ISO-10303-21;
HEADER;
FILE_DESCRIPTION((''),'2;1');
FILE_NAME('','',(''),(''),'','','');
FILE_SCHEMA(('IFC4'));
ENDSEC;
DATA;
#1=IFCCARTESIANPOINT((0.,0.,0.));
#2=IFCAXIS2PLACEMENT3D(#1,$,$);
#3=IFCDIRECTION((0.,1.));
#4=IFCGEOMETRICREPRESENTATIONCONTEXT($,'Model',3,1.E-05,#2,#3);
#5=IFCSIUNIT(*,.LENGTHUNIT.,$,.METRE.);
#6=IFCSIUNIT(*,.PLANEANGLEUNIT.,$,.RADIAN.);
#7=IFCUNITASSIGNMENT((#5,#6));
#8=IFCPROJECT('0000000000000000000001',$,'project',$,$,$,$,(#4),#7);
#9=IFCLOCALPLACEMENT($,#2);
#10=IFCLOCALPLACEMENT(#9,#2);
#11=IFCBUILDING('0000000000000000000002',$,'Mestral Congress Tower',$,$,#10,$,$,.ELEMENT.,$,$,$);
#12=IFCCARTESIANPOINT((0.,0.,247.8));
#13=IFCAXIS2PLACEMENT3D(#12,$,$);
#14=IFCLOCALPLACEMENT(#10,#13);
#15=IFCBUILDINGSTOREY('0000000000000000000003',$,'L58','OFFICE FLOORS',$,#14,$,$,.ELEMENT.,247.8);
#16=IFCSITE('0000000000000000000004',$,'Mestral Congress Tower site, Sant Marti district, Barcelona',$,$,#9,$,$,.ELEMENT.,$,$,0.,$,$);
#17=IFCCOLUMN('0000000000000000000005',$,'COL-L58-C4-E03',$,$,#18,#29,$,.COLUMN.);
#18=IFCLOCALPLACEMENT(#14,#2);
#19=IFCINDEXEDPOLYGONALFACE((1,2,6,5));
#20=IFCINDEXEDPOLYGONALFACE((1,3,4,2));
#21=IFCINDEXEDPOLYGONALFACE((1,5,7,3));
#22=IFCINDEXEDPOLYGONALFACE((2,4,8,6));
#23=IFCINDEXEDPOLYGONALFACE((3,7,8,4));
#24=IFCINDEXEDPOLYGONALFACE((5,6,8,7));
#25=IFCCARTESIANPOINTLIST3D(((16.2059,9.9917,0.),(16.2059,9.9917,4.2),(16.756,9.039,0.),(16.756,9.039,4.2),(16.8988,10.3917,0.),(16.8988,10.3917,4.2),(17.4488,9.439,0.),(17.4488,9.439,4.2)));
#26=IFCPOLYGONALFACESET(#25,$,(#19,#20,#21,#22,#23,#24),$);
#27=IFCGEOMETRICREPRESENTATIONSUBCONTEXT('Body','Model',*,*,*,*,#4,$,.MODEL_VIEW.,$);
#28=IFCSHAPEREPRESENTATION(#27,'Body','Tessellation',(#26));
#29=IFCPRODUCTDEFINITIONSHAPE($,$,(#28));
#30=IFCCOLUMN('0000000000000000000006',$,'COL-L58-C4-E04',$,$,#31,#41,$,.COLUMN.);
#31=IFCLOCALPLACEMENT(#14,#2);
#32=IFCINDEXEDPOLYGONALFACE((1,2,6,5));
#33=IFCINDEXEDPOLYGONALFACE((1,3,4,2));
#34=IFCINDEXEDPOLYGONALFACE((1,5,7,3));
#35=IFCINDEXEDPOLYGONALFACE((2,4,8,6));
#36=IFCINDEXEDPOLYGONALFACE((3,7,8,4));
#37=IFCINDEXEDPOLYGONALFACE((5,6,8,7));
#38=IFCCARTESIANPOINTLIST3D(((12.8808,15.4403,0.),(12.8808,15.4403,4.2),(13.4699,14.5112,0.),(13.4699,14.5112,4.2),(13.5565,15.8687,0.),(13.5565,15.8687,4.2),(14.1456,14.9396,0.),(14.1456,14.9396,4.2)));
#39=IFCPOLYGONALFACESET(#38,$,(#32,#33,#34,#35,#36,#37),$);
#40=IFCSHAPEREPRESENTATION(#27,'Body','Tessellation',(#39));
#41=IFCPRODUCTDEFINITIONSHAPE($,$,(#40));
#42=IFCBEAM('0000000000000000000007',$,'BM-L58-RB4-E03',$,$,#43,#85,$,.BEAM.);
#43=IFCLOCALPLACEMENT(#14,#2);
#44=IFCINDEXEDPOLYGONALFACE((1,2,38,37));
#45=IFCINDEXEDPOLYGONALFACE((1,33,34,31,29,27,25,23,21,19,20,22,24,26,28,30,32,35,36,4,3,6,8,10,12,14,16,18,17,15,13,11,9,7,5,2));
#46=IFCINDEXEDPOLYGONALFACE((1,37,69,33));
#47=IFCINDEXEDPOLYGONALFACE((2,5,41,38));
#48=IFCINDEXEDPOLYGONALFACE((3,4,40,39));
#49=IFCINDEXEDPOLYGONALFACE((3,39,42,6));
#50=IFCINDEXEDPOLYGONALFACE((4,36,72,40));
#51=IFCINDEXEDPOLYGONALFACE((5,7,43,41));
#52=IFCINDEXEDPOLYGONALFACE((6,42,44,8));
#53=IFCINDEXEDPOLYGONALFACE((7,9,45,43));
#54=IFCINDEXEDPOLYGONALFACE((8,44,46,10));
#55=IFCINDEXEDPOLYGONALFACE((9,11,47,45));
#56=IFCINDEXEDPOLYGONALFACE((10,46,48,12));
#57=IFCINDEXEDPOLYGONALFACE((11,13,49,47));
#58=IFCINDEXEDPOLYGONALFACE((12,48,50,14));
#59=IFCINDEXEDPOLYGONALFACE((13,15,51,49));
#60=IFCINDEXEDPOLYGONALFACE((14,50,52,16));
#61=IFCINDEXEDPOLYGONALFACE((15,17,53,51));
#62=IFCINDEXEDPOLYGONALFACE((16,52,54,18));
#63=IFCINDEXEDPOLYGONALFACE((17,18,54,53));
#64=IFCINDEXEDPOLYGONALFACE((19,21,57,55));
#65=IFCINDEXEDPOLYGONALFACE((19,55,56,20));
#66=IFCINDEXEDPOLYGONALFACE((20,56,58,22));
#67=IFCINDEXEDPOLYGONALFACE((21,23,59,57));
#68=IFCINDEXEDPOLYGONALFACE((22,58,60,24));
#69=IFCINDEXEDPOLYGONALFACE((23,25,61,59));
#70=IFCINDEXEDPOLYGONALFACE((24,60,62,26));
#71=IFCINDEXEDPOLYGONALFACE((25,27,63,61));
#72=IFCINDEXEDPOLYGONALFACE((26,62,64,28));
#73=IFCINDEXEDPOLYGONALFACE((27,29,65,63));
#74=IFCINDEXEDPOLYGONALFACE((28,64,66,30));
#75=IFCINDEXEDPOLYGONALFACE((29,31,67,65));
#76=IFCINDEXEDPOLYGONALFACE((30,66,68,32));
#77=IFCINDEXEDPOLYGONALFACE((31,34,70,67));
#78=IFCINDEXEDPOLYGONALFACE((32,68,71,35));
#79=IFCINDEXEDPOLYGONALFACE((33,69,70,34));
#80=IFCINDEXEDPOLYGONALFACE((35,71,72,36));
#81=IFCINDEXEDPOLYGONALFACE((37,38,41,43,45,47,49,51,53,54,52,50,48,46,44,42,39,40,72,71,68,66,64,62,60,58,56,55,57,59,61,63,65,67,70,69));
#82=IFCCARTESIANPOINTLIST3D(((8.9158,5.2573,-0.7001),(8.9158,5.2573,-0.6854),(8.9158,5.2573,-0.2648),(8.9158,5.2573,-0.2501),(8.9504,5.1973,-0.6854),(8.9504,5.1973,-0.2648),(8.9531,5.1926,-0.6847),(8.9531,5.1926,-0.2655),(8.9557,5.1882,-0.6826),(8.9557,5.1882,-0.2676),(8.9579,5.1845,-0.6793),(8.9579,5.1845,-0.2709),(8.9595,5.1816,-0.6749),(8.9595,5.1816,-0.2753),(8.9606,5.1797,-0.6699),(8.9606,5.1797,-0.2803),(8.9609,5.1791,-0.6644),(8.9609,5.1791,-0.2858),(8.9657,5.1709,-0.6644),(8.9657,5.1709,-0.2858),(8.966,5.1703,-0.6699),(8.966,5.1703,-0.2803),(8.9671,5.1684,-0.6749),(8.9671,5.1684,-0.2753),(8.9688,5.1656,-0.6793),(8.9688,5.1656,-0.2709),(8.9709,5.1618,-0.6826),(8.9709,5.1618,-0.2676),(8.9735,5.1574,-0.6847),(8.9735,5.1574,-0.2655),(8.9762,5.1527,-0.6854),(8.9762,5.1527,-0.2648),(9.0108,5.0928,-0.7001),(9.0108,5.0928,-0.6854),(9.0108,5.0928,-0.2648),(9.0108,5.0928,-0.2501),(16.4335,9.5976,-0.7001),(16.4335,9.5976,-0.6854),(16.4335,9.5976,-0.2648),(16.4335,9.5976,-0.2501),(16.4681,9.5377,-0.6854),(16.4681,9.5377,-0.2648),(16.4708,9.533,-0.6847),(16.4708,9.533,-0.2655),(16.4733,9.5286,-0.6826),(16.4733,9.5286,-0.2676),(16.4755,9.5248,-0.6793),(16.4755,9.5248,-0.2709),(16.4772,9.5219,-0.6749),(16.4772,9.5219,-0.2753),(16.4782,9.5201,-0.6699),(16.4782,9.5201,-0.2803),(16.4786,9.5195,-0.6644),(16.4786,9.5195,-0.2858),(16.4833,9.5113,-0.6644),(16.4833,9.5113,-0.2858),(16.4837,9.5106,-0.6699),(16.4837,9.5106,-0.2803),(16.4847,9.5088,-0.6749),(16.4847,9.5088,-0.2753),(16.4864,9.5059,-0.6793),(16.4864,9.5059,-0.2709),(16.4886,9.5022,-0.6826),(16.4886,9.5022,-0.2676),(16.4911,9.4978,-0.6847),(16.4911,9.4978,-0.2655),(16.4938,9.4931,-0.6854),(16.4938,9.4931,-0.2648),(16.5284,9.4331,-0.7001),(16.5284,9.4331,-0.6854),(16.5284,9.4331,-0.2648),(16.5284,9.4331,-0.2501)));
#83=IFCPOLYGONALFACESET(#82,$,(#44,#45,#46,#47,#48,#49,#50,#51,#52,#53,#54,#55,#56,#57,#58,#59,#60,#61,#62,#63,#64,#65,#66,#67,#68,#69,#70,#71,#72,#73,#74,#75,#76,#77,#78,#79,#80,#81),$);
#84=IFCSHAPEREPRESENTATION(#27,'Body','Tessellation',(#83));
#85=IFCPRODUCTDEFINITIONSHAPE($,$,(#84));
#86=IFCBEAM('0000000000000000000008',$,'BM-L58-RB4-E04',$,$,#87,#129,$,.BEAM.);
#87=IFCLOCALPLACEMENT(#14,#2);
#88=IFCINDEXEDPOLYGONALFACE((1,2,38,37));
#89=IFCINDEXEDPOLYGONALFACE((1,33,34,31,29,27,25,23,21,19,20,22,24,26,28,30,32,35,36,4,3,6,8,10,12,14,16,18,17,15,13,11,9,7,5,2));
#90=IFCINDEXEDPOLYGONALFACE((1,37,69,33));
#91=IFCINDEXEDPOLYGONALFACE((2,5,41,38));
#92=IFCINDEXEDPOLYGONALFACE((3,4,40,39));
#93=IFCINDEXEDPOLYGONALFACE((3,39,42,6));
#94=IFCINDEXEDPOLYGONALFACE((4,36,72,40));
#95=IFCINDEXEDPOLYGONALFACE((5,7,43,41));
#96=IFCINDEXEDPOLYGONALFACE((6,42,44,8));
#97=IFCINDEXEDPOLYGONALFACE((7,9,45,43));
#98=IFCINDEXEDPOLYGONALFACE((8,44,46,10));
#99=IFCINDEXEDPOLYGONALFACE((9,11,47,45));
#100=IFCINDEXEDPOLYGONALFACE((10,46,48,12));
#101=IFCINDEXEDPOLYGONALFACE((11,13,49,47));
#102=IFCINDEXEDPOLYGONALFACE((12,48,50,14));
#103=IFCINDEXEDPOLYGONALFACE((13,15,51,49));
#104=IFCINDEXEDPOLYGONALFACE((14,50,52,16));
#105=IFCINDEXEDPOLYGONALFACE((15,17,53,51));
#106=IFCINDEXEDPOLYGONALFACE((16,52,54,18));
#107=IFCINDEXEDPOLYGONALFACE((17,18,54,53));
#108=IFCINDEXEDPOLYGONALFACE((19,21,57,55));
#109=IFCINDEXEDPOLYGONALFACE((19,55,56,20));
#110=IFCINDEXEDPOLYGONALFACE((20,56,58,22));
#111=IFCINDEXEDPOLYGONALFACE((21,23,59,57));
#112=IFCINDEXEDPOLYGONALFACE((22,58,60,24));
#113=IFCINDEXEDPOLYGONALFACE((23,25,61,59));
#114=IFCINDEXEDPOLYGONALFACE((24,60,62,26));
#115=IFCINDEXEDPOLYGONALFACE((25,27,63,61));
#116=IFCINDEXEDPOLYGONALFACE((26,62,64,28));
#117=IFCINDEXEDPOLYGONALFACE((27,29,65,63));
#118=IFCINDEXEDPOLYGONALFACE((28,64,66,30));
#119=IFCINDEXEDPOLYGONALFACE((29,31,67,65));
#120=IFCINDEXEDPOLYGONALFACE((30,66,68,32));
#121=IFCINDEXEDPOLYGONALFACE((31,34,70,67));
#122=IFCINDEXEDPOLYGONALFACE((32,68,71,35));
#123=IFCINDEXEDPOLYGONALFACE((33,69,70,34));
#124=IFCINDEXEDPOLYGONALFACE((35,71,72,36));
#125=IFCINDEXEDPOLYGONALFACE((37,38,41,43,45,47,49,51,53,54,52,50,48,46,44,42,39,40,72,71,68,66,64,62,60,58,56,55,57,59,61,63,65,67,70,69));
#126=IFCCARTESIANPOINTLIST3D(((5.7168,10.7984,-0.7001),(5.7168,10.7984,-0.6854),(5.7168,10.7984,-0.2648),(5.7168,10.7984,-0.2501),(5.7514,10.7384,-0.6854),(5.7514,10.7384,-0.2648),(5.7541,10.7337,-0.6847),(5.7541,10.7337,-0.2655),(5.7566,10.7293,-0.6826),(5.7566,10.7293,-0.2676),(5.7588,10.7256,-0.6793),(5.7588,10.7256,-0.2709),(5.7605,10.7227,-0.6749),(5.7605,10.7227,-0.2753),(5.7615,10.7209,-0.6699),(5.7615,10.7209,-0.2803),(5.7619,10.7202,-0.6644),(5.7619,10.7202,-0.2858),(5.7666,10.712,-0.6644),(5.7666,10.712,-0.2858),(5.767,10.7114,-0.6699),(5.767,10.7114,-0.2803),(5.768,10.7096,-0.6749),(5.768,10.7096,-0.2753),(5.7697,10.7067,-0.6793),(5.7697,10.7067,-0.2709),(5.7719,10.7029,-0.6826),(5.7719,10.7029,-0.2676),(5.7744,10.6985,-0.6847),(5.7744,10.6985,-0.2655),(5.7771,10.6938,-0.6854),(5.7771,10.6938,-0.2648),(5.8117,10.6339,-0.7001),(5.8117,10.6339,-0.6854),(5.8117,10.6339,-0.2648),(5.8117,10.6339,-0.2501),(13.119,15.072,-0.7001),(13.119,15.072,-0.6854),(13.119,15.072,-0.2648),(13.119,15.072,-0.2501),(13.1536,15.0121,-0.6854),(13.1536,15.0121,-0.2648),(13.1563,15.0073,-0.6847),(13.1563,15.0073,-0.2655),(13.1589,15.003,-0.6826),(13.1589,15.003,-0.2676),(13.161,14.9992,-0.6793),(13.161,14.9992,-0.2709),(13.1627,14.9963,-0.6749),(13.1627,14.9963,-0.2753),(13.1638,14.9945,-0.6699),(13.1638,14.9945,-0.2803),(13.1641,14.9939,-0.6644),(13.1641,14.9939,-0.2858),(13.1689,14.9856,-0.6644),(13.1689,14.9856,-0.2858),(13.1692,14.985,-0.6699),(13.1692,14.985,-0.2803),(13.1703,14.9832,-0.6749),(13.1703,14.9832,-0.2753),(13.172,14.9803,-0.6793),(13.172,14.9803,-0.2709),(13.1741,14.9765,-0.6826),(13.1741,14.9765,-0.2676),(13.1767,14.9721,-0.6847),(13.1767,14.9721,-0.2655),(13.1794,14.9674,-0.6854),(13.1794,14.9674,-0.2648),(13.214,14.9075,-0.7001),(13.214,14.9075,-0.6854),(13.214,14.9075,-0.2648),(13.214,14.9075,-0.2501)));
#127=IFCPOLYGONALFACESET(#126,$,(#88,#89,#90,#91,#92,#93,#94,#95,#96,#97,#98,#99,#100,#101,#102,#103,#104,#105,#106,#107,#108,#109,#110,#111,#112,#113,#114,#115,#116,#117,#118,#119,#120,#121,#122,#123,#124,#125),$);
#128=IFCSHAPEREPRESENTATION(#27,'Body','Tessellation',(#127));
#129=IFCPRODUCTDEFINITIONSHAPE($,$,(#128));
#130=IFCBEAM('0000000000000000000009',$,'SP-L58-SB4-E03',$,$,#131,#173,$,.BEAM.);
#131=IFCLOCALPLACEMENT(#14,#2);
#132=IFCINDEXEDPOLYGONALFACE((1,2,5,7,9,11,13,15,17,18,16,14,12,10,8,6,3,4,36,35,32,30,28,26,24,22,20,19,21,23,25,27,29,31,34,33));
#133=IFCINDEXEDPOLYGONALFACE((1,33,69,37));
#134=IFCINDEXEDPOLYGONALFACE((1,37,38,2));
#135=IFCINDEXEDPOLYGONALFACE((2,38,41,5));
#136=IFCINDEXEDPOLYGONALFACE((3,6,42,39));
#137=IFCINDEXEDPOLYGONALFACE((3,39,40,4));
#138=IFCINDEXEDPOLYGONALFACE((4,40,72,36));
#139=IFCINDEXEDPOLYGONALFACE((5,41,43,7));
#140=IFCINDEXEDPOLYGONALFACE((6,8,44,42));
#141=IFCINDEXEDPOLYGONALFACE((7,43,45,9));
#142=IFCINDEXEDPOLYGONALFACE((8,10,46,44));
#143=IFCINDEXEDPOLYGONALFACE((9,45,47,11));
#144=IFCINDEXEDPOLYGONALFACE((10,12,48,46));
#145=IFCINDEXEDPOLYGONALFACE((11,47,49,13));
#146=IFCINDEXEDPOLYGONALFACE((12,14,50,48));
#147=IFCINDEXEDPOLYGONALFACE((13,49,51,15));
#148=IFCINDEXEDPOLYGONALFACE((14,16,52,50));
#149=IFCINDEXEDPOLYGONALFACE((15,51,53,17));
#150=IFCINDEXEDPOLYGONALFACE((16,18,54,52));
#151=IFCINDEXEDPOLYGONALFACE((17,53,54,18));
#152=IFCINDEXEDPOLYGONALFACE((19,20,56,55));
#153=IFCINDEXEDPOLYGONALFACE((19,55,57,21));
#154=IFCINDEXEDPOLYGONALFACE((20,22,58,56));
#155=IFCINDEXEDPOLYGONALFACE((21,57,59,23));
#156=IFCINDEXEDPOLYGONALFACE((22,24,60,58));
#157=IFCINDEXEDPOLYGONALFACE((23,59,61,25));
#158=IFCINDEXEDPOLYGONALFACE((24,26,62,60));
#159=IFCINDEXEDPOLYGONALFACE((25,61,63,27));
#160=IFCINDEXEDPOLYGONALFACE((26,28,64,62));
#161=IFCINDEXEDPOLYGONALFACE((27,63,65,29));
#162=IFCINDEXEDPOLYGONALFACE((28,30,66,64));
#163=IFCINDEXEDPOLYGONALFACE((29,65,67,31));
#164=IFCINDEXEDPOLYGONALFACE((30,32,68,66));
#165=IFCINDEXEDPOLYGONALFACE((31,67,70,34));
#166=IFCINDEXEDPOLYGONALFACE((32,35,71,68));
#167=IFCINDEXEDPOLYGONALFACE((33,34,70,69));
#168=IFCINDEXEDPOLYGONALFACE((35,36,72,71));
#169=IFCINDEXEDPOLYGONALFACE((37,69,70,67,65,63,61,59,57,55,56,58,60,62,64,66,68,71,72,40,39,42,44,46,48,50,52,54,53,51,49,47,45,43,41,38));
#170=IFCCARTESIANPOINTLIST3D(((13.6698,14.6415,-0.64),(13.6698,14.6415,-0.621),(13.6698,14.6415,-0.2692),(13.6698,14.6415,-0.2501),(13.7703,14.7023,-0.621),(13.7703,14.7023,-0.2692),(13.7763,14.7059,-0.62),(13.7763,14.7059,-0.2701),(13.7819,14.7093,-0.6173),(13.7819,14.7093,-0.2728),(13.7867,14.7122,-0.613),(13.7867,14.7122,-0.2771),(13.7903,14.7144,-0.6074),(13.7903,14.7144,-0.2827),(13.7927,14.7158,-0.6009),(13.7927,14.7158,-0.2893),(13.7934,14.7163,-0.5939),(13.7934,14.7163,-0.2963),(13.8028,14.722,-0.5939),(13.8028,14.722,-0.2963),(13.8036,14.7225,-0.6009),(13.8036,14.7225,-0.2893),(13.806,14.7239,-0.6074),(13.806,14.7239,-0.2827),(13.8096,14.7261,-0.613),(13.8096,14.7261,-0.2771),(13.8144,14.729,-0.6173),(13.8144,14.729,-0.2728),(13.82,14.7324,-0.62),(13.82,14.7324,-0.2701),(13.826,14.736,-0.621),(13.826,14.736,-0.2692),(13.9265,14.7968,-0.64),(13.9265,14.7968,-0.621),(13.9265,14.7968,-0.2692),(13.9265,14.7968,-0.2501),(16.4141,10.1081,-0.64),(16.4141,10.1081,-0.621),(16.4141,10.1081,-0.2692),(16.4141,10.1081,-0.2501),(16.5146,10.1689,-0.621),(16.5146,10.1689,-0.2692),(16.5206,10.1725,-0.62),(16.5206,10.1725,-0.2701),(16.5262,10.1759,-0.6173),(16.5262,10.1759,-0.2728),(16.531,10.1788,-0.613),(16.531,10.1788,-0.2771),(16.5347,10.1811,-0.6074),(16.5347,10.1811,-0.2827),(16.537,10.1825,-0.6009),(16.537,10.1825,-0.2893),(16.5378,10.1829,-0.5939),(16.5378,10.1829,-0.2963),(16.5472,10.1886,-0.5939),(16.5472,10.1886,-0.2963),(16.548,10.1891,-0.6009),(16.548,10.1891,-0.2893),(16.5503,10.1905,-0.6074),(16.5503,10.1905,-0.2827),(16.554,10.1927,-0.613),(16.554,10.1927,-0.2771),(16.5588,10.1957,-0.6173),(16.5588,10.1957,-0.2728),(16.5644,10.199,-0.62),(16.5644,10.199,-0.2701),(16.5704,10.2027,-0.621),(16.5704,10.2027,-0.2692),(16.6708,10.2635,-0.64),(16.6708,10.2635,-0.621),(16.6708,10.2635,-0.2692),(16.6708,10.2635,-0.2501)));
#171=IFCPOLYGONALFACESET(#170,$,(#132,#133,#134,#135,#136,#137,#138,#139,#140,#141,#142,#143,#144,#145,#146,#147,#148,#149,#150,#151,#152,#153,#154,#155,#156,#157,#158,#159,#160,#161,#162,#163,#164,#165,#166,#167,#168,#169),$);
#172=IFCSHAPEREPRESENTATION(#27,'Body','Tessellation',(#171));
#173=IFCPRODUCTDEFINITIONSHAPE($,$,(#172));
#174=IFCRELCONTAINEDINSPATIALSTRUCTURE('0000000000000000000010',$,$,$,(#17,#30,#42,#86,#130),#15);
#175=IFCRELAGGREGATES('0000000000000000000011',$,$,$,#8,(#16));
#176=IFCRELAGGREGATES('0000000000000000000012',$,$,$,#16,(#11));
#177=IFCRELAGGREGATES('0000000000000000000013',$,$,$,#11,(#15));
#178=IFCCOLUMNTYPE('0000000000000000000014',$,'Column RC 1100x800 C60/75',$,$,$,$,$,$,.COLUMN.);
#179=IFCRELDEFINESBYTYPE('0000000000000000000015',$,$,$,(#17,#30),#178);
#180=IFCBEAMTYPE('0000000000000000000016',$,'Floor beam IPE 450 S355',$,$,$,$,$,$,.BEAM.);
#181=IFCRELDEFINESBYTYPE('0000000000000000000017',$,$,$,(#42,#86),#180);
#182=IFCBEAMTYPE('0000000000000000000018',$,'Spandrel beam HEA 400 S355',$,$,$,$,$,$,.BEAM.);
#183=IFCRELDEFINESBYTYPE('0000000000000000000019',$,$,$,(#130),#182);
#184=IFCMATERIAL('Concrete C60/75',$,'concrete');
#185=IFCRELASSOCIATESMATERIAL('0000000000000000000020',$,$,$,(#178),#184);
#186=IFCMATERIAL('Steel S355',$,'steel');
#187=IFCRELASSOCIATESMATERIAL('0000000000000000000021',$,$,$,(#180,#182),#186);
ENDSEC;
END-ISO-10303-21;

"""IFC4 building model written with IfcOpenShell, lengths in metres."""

from ifc_helpers import new_model, si_unit, direction, frame, origin, origin_2d, place, context, subcontext, project, spatial, rectangle, i_section, extrude, material, material_profile, profile_set, type_object, element, save


model = new_model("IFC4")

# Units and contexts
model_context = context("Model", 3, precision=1e-05, world=origin(), true_north=direction((0.0, 1.0)))
body_context = subcontext(model_context, "Body", "Model", "MODEL_VIEW")
ifc_project = project(units=[si_unit("LENGTHUNIT", "METRE"), si_unit("PLANEANGLEUNIT", "RADIAN")], contexts=[model_context])

# Site, building, storey
site_placement = place(None, origin())
site = spatial("IfcSite", under=ifc_project, at=site_placement, Name="Mestral Congress Tower site, Sant Marti district, Barcelona", CompositionType="ELEMENT", RefElevation=0.0)
building_placement = place(site_placement, origin())
building = spatial("IfcBuilding", under=site, at=building_placement, Name="Mestral Congress Tower", CompositionType="ELEMENT")
storey_placement = place(building_placement, frame((0.0, 0.0, 247.8)))
storey = spatial("IfcBuildingStorey", under=building, at=storey_placement, Name="L58", Description="OFFICE FLOORS", CompositionType="ELEMENT", Elevation=247.8)

# Columns
ifc_material_1 = material(Name="Concrete C60/75", Category="concrete")
ifc_material_profile_1 = material_profile(ifc_material_1, rectangle(XDim=1.1001, YDim=0.8, at=origin_2d()), Name="RC 1100x800")
ifc_profile_set_1 = profile_set([ifc_material_profile_1], Name="Concrete C60/75")
column_type = type_object("IfcColumnType", Name="Column RC 1100x800 C60/75", PredefinedType="COLUMN", material=ifc_profile_set_1)
for number, where, z_axis, x_axis, name in (
    (1, (16.8274, 9.7153, 0.0), (0.0, 0.0, 1.0), (-0.5, 0.866025, 0.0), "COL-L58-C4-E03"),
    (2, (13.5132, 15.1899, 0.0), (0.0, 0.0, 1.0), (-0.535503, 0.844534, 0.0), "COL-L58-C4-E04"),
):
    element("IfcColumn", number, at=place(storey_placement, frame(where, z_axis=z_axis, x_axis=x_axis)), inside=storey, type_object=column_type, Name=name, PredefinedType="COLUMN", context=body_context, shape_type="SweptSolid", body=[
        extrude(rectangle(XDim=1.1001, YDim=0.8, at=origin_2d()), origin(), (0.0, 0.0, 1.0), 4.2),
    ])

# Beams
ifc_material_2 = material(Name="Steel S355", Category="steel")
ifc_material_profile_2 = material_profile(ifc_material_2, i_section(OverallWidth=0.1899, OverallDepth=0.45, WebThickness=0.0095, FlangeThickness=0.0146, FilletRadius=0.021, at=origin_2d()), Name="IPE 450")
ifc_profile_set_2 = profile_set([ifc_material_profile_2], Name="Steel S355")
beam_type_1 = type_object("IfcBeamType", Name="Floor beam IPE 450 S355", PredefinedType="BEAM", material=ifc_profile_set_2)
beam_1_placement = place(storey_placement, frame((16.481, 9.5154, -0.4751), z_axis=(-0.866023, -0.500005, 0.0), x_axis=(0.500005, -0.866023, 0.0)))
element("IfcBeam", 3, at=beam_1_placement, inside=storey, type_object=beam_type_1, Name="BM-L58-RB4-E03", PredefinedType="BEAM", context=body_context, shape_type="SweptSolid", body=[
    extrude(i_section(OverallWidth=0.1899, OverallDepth=0.45, WebThickness=0.0095, FlangeThickness=0.0146, FilletRadius=0.021, at=origin_2d()), origin(), (0.0, 0.0, 1.0), 8.6807),
])
beam_2_placement = place(storey_placement, frame((13.1665, 14.9897, -0.4751), z_axis=(-0.866029, -0.499994, 0.0), x_axis=(0.499994, -0.866029, 0.0)))
element("IfcBeam", 4, at=beam_2_placement, inside=storey, type_object=beam_type_1, Name="BM-L58-RB4-E04", PredefinedType="BEAM", context=body_context, shape_type="SweptSolid", body=[
    extrude(i_section(OverallWidth=0.1899, OverallDepth=0.45, WebThickness=0.0095, FlangeThickness=0.0146, FilletRadius=0.021, at=origin_2d()), origin(), (0.0, 0.0, 1.0), 8.5474),
])
ifc_material_profile_3 = material_profile(ifc_material_2, i_section(OverallWidth=0.3, OverallDepth=0.3899, WebThickness=0.011, FlangeThickness=0.019, FilletRadius=0.0271, at=origin_2d()), Name="HEA 400")
ifc_profile_set_3 = profile_set([ifc_material_profile_3], Name="Steel S355")
beam_type_2 = type_object("IfcBeamType", Name="Spandrel beam HEA 400 S355", PredefinedType="BEAM", material=ifc_profile_set_3)
for number, where, z_axis, x_axis, name in (
    (5, (16.5425, 10.1858, -0.4451), (-0.517866, 0.855462, 0.0), (-0.855462, -0.517866, 0.0), "SP-L58-SB4-E03"),
):
    element("IfcBeam", number, at=place(storey_placement, frame(where, z_axis=z_axis, x_axis=x_axis)), inside=storey, type_object=beam_type_2, Name=name, PredefinedType="BEAM", context=body_context, shape_type="SweptSolid", body=[
        extrude(i_section(OverallWidth=0.3, OverallDepth=0.3899, WebThickness=0.011, FlangeThickness=0.019, FilletRadius=0.0271, at=origin_2d()), origin(), (0.0, 0.0, 1.0), 5.2993),
    ])

save(model, "model.ifc")
